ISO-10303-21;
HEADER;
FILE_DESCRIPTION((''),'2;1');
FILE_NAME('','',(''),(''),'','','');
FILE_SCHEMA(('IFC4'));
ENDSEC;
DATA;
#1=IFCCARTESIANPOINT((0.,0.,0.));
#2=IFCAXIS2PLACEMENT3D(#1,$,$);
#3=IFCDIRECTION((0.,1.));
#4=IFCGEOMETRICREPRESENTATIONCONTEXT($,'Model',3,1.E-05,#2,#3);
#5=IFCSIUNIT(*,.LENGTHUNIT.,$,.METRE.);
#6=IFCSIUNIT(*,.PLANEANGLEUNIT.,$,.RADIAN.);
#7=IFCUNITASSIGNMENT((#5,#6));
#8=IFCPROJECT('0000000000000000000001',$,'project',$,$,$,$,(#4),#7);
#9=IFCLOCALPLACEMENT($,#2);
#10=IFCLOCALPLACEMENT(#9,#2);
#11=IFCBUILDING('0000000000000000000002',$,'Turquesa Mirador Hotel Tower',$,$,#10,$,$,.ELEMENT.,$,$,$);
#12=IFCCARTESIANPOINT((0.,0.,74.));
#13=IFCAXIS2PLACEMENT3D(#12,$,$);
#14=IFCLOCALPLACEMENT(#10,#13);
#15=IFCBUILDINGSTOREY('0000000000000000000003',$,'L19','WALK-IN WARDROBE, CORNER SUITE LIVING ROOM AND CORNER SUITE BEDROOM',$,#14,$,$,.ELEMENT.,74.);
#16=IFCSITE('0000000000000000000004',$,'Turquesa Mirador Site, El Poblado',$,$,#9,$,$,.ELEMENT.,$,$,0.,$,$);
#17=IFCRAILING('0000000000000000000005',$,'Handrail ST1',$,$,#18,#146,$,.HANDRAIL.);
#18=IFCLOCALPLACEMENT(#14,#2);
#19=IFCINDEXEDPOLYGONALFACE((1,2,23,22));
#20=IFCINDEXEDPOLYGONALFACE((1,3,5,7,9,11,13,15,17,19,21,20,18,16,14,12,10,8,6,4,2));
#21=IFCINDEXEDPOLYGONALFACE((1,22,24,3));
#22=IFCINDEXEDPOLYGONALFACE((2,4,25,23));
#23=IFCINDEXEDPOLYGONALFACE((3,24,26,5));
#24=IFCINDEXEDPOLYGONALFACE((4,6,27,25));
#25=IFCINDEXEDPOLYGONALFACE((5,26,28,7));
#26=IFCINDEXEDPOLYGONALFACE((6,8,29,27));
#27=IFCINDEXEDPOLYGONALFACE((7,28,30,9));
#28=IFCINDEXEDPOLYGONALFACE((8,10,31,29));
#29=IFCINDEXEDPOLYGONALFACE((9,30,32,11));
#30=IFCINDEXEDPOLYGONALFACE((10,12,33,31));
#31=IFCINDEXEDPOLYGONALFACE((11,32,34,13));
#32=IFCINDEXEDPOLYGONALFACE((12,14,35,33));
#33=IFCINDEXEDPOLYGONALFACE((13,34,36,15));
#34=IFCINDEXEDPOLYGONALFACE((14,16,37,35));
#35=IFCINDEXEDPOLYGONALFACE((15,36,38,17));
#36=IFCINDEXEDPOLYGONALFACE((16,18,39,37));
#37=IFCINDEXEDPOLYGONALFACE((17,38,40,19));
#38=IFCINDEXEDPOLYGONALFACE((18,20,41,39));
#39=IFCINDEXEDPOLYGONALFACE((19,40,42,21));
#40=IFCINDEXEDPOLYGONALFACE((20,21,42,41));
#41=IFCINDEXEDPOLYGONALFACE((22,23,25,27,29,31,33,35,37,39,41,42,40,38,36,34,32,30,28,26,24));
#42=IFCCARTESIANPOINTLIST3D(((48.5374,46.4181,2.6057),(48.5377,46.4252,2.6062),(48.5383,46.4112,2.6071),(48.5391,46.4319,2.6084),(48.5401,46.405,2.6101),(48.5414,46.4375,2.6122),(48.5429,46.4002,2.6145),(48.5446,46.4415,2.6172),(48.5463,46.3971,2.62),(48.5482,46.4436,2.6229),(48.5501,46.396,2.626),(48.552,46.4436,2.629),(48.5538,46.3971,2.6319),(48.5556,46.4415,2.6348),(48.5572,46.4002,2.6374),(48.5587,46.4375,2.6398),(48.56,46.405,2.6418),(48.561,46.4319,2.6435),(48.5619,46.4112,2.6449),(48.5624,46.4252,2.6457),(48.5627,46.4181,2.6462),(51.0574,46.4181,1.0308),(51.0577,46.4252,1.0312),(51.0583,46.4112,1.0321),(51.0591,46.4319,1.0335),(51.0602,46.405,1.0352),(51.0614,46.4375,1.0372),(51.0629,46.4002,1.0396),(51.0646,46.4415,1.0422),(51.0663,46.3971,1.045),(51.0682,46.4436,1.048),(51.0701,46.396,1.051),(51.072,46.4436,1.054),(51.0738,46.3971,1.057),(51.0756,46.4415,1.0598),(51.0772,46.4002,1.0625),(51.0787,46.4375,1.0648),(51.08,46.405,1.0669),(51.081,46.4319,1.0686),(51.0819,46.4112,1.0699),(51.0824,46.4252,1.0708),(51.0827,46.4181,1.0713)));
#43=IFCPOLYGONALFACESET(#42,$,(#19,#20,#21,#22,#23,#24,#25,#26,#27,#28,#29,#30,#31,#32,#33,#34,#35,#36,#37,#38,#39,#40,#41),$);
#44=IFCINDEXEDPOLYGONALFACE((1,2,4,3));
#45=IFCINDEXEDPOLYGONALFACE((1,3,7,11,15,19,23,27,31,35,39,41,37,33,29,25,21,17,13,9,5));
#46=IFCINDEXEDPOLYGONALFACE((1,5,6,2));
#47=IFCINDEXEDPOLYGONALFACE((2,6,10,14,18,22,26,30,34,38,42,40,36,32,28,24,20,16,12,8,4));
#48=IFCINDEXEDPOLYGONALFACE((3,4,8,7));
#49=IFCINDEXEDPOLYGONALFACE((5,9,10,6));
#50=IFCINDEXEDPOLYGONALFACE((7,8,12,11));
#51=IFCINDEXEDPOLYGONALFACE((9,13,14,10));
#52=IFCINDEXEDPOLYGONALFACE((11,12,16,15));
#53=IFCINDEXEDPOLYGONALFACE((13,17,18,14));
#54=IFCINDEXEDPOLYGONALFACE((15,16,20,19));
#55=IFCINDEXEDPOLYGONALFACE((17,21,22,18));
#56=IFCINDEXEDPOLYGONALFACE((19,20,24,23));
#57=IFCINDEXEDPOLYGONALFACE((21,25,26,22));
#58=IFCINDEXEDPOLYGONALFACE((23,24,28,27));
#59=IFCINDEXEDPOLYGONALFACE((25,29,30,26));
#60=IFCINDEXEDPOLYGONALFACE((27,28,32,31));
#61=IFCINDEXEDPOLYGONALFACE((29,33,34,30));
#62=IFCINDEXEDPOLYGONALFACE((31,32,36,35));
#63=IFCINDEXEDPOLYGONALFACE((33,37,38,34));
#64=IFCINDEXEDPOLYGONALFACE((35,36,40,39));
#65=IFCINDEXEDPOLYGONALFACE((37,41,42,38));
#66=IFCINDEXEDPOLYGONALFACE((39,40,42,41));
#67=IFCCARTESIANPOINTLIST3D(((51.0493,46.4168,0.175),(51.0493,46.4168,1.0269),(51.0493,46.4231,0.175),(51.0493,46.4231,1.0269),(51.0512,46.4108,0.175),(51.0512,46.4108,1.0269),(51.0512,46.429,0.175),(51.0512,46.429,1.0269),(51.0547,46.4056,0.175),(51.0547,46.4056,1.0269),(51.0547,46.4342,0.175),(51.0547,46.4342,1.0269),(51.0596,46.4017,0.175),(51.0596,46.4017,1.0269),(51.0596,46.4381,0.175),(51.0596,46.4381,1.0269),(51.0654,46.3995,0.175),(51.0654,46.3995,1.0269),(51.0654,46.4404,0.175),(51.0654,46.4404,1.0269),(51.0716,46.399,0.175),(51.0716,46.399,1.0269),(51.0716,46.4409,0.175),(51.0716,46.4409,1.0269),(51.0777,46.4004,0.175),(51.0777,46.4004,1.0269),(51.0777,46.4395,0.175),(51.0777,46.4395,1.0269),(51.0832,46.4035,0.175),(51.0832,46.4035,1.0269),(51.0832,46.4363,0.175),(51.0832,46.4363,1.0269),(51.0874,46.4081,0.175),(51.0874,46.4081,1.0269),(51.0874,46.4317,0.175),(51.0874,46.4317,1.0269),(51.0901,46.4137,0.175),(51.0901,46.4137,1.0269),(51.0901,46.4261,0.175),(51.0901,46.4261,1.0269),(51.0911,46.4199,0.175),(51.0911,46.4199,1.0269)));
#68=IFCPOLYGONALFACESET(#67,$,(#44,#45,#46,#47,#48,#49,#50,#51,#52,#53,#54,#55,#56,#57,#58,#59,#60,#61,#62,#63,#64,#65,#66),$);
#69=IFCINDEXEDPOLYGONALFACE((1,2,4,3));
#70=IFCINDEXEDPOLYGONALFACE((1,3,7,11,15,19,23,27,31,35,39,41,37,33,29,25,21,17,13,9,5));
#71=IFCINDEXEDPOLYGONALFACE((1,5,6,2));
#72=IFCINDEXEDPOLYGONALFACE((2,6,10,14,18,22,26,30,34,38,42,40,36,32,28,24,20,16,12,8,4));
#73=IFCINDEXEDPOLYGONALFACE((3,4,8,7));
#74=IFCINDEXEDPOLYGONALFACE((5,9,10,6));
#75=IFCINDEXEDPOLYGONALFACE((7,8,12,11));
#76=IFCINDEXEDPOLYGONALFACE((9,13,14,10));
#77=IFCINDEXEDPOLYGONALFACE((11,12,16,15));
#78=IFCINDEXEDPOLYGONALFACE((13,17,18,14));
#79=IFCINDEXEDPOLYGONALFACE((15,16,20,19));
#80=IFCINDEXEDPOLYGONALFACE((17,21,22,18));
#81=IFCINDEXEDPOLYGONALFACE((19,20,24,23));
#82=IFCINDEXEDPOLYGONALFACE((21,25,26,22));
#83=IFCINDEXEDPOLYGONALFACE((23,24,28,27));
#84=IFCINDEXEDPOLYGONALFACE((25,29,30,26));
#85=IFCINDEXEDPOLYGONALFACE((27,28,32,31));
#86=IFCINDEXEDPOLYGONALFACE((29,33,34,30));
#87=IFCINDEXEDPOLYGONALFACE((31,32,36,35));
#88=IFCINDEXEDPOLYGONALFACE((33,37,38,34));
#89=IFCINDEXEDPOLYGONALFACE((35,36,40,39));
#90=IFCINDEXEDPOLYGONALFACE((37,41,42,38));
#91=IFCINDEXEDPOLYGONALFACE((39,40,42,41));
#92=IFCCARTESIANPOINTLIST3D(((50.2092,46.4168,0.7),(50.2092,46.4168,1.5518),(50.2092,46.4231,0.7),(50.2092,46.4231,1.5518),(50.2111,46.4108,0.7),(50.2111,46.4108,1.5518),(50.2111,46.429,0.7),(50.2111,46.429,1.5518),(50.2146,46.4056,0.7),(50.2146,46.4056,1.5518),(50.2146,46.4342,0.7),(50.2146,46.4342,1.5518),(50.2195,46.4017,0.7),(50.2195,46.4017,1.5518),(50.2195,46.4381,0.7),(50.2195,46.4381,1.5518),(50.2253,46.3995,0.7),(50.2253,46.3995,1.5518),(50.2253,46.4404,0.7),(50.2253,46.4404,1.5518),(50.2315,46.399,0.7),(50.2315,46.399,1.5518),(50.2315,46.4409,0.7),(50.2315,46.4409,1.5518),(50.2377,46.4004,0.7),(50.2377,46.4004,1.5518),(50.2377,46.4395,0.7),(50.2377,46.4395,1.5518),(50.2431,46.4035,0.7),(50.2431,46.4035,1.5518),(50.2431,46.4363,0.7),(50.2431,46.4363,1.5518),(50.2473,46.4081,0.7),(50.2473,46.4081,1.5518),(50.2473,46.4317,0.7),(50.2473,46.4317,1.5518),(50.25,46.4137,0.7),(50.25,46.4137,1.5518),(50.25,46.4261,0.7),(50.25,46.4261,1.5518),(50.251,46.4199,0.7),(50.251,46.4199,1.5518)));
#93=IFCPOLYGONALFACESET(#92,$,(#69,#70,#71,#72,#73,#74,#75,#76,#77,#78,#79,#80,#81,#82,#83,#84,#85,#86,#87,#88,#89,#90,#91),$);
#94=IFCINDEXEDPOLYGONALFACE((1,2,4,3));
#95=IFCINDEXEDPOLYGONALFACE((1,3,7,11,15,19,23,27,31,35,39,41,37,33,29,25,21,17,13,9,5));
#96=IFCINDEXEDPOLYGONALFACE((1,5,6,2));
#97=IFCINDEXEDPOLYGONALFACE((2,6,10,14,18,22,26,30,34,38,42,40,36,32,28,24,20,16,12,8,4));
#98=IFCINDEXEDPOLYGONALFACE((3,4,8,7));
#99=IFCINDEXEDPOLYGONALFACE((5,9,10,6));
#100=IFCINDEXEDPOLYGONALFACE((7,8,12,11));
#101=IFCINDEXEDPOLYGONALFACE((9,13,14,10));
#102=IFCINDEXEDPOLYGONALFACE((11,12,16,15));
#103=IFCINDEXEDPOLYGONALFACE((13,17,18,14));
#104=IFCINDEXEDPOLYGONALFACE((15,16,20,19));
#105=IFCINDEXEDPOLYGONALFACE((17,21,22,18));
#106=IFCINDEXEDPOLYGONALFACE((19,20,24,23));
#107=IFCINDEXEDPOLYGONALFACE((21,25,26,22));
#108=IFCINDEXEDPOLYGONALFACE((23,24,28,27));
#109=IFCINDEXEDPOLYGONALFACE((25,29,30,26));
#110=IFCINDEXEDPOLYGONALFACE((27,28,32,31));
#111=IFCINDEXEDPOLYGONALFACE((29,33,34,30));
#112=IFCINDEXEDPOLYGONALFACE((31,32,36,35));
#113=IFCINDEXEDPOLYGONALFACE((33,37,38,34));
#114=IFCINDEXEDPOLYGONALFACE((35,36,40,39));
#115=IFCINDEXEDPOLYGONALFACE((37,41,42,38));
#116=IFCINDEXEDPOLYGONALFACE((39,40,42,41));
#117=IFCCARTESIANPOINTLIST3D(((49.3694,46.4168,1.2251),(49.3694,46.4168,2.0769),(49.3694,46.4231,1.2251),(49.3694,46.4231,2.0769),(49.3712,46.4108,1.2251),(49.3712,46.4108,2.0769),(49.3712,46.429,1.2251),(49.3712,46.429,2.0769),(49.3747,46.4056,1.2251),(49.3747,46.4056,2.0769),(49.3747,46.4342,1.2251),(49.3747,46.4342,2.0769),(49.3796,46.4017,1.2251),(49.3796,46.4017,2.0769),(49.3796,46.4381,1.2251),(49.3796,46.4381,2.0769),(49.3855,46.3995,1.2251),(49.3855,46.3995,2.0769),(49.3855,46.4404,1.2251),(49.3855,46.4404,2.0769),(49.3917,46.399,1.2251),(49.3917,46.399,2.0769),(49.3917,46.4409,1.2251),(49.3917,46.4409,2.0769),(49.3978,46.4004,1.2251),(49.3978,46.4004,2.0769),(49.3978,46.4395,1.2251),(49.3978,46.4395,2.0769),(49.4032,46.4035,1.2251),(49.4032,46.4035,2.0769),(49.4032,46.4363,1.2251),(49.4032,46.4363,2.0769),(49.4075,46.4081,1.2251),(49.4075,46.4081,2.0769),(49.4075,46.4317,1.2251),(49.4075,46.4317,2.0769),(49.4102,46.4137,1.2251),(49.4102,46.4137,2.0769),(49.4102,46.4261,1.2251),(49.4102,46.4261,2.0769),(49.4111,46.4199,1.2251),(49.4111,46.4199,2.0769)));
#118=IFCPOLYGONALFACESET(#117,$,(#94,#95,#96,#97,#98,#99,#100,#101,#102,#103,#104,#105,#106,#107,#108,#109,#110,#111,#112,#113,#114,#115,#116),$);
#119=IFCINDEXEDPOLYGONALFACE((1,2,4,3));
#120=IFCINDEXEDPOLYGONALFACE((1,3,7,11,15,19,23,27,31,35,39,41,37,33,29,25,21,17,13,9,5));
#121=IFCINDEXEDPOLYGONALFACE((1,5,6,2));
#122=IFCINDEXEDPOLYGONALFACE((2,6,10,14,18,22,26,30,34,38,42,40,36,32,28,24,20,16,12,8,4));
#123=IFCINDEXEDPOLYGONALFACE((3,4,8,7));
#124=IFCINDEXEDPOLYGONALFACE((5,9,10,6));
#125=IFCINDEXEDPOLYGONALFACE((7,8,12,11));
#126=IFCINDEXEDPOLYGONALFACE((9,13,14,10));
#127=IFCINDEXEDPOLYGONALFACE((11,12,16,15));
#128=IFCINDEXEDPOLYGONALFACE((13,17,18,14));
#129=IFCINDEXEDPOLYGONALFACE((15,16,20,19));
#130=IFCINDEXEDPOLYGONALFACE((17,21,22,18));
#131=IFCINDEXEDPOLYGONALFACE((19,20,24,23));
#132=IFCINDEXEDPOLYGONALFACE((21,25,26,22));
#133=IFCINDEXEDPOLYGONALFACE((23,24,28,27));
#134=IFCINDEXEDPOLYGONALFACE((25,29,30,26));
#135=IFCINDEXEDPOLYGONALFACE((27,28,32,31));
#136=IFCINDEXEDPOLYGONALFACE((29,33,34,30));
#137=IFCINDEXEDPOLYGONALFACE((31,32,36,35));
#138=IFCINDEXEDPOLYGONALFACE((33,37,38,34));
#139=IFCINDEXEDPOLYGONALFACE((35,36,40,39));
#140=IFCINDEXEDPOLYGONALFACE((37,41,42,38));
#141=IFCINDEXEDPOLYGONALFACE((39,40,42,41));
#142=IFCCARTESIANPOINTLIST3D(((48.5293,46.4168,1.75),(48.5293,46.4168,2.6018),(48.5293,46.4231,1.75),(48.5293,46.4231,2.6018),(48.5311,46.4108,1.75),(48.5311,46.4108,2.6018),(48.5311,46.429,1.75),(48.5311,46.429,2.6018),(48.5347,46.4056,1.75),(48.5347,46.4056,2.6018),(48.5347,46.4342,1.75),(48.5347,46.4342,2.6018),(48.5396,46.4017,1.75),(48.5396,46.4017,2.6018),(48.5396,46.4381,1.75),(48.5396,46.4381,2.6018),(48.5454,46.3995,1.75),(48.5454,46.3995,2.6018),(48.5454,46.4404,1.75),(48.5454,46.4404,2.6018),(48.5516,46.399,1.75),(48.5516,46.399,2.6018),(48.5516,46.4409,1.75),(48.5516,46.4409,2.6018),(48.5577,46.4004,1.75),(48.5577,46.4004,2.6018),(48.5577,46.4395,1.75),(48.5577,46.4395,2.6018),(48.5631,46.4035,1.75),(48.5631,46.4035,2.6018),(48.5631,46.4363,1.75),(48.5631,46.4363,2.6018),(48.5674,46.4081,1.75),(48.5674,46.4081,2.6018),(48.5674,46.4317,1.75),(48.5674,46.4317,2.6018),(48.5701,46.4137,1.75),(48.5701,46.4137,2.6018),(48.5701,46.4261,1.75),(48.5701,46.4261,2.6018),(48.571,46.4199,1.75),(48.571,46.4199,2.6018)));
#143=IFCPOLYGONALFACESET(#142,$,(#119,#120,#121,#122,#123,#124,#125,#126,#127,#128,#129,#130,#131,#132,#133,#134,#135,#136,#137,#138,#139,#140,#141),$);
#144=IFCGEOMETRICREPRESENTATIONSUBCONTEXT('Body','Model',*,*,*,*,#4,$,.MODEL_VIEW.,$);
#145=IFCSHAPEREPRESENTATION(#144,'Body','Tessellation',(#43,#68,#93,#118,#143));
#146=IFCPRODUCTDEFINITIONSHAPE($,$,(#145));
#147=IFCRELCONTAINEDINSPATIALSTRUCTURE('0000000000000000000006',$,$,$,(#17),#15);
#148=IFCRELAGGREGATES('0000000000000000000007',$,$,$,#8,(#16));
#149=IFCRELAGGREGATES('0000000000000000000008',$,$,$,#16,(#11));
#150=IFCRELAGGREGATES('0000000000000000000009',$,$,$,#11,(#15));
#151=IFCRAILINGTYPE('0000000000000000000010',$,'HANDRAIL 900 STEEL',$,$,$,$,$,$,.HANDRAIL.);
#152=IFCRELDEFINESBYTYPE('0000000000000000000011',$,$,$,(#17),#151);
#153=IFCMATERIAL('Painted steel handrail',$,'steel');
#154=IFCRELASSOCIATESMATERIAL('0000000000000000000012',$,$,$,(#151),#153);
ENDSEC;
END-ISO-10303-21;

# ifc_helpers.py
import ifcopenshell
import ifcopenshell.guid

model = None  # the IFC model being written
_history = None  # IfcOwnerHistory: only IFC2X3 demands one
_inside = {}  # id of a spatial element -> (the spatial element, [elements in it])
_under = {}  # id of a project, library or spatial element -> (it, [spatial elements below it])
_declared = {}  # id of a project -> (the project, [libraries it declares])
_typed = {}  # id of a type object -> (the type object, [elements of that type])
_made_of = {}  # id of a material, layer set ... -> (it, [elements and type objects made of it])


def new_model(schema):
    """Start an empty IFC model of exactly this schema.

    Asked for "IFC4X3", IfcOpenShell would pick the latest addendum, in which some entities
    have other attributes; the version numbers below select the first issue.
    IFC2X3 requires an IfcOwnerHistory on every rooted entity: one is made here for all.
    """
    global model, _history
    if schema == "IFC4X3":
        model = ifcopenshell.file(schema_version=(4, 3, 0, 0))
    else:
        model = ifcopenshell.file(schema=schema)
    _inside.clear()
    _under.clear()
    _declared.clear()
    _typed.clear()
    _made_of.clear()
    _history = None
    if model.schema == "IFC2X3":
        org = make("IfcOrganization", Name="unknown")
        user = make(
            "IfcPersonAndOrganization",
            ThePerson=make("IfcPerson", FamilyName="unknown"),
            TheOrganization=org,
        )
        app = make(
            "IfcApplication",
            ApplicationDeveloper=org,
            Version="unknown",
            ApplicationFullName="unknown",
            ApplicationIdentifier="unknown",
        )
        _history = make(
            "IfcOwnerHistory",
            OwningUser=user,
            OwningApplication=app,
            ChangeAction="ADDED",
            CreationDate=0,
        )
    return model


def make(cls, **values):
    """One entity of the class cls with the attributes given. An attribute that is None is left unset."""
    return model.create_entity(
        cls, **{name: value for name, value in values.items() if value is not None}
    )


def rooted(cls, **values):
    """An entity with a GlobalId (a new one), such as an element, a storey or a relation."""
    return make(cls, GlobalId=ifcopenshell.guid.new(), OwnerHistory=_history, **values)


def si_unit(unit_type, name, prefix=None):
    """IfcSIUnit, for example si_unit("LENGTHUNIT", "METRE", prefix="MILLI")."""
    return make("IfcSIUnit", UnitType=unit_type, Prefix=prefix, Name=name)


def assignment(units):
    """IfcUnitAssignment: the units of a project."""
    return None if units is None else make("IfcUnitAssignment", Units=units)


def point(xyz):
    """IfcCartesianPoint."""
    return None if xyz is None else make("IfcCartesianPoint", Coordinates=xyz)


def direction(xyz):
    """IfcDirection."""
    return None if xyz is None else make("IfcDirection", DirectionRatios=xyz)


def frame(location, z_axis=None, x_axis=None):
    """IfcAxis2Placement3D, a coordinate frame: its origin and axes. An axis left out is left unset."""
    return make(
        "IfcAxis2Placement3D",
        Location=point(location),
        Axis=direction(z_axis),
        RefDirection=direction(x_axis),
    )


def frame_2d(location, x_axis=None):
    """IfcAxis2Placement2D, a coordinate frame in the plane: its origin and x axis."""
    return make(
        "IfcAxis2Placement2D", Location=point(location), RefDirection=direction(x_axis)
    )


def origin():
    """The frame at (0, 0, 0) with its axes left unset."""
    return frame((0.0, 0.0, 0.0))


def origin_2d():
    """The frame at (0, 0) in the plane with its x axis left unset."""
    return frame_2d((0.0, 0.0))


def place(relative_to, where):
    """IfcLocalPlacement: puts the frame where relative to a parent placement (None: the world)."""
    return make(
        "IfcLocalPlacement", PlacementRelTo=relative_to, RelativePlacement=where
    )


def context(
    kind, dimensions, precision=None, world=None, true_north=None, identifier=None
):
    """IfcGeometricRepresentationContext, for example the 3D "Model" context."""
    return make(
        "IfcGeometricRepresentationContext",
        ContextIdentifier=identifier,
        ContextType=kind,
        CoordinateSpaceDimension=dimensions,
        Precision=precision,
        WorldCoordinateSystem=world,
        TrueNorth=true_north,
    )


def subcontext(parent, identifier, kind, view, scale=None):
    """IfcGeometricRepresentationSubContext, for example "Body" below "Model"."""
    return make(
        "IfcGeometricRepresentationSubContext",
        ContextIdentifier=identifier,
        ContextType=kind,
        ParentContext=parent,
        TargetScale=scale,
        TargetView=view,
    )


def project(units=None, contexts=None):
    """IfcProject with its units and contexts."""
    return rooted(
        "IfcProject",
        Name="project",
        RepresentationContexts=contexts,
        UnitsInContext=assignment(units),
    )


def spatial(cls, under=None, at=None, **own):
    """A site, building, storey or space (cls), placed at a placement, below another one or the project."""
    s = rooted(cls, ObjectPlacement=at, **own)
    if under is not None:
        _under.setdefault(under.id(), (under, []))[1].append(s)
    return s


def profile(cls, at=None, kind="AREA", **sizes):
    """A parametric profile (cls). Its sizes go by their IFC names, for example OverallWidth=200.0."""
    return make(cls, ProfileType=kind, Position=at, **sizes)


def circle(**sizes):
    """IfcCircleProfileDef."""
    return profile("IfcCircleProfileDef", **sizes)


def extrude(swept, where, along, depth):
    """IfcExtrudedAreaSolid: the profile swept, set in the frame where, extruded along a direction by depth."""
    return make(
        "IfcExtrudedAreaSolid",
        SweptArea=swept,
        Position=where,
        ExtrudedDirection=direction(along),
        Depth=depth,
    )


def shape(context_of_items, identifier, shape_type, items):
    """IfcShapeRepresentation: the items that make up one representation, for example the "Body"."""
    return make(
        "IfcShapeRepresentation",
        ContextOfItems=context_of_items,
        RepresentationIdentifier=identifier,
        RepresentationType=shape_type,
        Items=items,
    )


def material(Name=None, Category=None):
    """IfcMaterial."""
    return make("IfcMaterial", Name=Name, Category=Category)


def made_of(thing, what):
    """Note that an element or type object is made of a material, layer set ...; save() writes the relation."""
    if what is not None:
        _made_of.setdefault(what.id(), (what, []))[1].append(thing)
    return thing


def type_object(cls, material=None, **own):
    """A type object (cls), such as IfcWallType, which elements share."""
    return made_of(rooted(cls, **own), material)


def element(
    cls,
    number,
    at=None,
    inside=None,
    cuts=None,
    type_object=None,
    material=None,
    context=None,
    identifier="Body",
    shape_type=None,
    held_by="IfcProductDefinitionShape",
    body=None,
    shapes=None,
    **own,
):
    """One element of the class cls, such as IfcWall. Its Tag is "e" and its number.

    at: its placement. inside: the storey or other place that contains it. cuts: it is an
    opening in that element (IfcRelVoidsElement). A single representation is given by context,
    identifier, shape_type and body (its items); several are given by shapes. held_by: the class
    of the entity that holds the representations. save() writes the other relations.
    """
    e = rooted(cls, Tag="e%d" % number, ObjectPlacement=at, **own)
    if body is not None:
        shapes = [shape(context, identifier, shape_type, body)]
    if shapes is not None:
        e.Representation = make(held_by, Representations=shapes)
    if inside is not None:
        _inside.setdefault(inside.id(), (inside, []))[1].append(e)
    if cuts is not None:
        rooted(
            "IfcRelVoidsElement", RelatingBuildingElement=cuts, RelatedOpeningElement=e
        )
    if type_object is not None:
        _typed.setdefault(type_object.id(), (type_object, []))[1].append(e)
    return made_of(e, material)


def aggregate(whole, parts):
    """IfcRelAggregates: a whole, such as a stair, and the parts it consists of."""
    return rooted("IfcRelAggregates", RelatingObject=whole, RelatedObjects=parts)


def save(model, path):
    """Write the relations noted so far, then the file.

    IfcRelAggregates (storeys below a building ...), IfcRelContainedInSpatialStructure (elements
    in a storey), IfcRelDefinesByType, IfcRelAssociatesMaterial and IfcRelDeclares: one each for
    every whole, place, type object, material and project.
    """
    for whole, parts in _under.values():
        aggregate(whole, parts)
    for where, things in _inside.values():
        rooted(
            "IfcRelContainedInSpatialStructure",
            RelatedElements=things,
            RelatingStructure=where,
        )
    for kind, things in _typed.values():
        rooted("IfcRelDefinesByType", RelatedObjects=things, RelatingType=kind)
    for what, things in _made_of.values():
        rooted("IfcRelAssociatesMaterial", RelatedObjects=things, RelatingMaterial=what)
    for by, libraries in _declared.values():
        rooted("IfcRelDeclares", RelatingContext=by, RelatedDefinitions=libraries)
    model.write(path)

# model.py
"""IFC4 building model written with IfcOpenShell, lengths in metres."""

from ifc_helpers import new_model, si_unit, direction, frame, origin, origin_2d, place, context, subcontext, project, spatial, circle, extrude, material, type_object, element, save


model = new_model("IFC4")

# Units and contexts
model_context = context("Model", 3, precision=1e-05, world=origin(), true_north=direction((0.0, 1.0)))
body_context = subcontext(model_context, "Body", "Model", "MODEL_VIEW")
ifc_project = project(units=[si_unit("LENGTHUNIT", "METRE"), si_unit("PLANEANGLEUNIT", "RADIAN")], contexts=[model_context])

# Site, building, storey
site_placement = place(None, origin())
site = spatial("IfcSite", under=ifc_project, at=site_placement, Name="Turquesa Mirador Site, El Poblado", CompositionType="ELEMENT", RefElevation=0.0)
building_placement = place(site_placement, origin())
building = spatial("IfcBuilding", under=site, at=building_placement, Name="Turquesa Mirador Hotel Tower", CompositionType="ELEMENT")
storey_placement = place(building_placement, frame((0.0, 0.0, 74.0)))
storey = spatial("IfcBuildingStorey", under=building, at=storey_placement, Name="L19", Description="WALK-IN WARDROBE, CORNER SUITE LIVING ROOM AND CORNER SUITE BEDROOM", CompositionType="ELEMENT", Elevation=74.0)

# Railing
ifc_material_1 = material(Name="Painted steel handrail", Category="steel")
railing_type = type_object("IfcRailingType", Name="HANDRAIL 900 STEEL", PredefinedType="HANDRAIL", material=ifc_material_1)
railing_1_placement = place(storey_placement, frame((51.0701, 46.4199, 0.175)))
element("IfcRailing", 1, at=railing_1_placement, inside=storey, type_object=railing_type, Name="Handrail ST1", PredefinedType="HANDRAIL", context=body_context, shape_type="SweptSolid", body=[
    extrude(circle(Radius=0.0239, at=origin_2d()), frame((0.0, 0.0, 0.876), z_axis=(-0.848008, 0.0, 0.529984), x_axis=(0.0, -1.0, 0.0)), (0.0, 0.0, 1.0), 2.9717),
    extrude(circle(Radius=0.021, at=origin_2d()), origin(), (0.0, 0.0, 1.0), 0.8518),
    extrude(circle(Radius=0.021, at=origin_2d()), frame((-0.8401, 0.0, 0.5249)), (0.0, 0.0, 1.0), 0.8518),
    extrude(circle(Radius=0.021, at=origin_2d()), frame((-1.6799, 0.0, 1.05)), (0.0, 0.0, 1.0), 0.8518),
    extrude(circle(Radius=0.021, at=origin_2d()), frame((-2.52, 0.0, 1.575)), (0.0, 0.0, 1.0), 0.8518),
])

save(model, "model.ifc")
